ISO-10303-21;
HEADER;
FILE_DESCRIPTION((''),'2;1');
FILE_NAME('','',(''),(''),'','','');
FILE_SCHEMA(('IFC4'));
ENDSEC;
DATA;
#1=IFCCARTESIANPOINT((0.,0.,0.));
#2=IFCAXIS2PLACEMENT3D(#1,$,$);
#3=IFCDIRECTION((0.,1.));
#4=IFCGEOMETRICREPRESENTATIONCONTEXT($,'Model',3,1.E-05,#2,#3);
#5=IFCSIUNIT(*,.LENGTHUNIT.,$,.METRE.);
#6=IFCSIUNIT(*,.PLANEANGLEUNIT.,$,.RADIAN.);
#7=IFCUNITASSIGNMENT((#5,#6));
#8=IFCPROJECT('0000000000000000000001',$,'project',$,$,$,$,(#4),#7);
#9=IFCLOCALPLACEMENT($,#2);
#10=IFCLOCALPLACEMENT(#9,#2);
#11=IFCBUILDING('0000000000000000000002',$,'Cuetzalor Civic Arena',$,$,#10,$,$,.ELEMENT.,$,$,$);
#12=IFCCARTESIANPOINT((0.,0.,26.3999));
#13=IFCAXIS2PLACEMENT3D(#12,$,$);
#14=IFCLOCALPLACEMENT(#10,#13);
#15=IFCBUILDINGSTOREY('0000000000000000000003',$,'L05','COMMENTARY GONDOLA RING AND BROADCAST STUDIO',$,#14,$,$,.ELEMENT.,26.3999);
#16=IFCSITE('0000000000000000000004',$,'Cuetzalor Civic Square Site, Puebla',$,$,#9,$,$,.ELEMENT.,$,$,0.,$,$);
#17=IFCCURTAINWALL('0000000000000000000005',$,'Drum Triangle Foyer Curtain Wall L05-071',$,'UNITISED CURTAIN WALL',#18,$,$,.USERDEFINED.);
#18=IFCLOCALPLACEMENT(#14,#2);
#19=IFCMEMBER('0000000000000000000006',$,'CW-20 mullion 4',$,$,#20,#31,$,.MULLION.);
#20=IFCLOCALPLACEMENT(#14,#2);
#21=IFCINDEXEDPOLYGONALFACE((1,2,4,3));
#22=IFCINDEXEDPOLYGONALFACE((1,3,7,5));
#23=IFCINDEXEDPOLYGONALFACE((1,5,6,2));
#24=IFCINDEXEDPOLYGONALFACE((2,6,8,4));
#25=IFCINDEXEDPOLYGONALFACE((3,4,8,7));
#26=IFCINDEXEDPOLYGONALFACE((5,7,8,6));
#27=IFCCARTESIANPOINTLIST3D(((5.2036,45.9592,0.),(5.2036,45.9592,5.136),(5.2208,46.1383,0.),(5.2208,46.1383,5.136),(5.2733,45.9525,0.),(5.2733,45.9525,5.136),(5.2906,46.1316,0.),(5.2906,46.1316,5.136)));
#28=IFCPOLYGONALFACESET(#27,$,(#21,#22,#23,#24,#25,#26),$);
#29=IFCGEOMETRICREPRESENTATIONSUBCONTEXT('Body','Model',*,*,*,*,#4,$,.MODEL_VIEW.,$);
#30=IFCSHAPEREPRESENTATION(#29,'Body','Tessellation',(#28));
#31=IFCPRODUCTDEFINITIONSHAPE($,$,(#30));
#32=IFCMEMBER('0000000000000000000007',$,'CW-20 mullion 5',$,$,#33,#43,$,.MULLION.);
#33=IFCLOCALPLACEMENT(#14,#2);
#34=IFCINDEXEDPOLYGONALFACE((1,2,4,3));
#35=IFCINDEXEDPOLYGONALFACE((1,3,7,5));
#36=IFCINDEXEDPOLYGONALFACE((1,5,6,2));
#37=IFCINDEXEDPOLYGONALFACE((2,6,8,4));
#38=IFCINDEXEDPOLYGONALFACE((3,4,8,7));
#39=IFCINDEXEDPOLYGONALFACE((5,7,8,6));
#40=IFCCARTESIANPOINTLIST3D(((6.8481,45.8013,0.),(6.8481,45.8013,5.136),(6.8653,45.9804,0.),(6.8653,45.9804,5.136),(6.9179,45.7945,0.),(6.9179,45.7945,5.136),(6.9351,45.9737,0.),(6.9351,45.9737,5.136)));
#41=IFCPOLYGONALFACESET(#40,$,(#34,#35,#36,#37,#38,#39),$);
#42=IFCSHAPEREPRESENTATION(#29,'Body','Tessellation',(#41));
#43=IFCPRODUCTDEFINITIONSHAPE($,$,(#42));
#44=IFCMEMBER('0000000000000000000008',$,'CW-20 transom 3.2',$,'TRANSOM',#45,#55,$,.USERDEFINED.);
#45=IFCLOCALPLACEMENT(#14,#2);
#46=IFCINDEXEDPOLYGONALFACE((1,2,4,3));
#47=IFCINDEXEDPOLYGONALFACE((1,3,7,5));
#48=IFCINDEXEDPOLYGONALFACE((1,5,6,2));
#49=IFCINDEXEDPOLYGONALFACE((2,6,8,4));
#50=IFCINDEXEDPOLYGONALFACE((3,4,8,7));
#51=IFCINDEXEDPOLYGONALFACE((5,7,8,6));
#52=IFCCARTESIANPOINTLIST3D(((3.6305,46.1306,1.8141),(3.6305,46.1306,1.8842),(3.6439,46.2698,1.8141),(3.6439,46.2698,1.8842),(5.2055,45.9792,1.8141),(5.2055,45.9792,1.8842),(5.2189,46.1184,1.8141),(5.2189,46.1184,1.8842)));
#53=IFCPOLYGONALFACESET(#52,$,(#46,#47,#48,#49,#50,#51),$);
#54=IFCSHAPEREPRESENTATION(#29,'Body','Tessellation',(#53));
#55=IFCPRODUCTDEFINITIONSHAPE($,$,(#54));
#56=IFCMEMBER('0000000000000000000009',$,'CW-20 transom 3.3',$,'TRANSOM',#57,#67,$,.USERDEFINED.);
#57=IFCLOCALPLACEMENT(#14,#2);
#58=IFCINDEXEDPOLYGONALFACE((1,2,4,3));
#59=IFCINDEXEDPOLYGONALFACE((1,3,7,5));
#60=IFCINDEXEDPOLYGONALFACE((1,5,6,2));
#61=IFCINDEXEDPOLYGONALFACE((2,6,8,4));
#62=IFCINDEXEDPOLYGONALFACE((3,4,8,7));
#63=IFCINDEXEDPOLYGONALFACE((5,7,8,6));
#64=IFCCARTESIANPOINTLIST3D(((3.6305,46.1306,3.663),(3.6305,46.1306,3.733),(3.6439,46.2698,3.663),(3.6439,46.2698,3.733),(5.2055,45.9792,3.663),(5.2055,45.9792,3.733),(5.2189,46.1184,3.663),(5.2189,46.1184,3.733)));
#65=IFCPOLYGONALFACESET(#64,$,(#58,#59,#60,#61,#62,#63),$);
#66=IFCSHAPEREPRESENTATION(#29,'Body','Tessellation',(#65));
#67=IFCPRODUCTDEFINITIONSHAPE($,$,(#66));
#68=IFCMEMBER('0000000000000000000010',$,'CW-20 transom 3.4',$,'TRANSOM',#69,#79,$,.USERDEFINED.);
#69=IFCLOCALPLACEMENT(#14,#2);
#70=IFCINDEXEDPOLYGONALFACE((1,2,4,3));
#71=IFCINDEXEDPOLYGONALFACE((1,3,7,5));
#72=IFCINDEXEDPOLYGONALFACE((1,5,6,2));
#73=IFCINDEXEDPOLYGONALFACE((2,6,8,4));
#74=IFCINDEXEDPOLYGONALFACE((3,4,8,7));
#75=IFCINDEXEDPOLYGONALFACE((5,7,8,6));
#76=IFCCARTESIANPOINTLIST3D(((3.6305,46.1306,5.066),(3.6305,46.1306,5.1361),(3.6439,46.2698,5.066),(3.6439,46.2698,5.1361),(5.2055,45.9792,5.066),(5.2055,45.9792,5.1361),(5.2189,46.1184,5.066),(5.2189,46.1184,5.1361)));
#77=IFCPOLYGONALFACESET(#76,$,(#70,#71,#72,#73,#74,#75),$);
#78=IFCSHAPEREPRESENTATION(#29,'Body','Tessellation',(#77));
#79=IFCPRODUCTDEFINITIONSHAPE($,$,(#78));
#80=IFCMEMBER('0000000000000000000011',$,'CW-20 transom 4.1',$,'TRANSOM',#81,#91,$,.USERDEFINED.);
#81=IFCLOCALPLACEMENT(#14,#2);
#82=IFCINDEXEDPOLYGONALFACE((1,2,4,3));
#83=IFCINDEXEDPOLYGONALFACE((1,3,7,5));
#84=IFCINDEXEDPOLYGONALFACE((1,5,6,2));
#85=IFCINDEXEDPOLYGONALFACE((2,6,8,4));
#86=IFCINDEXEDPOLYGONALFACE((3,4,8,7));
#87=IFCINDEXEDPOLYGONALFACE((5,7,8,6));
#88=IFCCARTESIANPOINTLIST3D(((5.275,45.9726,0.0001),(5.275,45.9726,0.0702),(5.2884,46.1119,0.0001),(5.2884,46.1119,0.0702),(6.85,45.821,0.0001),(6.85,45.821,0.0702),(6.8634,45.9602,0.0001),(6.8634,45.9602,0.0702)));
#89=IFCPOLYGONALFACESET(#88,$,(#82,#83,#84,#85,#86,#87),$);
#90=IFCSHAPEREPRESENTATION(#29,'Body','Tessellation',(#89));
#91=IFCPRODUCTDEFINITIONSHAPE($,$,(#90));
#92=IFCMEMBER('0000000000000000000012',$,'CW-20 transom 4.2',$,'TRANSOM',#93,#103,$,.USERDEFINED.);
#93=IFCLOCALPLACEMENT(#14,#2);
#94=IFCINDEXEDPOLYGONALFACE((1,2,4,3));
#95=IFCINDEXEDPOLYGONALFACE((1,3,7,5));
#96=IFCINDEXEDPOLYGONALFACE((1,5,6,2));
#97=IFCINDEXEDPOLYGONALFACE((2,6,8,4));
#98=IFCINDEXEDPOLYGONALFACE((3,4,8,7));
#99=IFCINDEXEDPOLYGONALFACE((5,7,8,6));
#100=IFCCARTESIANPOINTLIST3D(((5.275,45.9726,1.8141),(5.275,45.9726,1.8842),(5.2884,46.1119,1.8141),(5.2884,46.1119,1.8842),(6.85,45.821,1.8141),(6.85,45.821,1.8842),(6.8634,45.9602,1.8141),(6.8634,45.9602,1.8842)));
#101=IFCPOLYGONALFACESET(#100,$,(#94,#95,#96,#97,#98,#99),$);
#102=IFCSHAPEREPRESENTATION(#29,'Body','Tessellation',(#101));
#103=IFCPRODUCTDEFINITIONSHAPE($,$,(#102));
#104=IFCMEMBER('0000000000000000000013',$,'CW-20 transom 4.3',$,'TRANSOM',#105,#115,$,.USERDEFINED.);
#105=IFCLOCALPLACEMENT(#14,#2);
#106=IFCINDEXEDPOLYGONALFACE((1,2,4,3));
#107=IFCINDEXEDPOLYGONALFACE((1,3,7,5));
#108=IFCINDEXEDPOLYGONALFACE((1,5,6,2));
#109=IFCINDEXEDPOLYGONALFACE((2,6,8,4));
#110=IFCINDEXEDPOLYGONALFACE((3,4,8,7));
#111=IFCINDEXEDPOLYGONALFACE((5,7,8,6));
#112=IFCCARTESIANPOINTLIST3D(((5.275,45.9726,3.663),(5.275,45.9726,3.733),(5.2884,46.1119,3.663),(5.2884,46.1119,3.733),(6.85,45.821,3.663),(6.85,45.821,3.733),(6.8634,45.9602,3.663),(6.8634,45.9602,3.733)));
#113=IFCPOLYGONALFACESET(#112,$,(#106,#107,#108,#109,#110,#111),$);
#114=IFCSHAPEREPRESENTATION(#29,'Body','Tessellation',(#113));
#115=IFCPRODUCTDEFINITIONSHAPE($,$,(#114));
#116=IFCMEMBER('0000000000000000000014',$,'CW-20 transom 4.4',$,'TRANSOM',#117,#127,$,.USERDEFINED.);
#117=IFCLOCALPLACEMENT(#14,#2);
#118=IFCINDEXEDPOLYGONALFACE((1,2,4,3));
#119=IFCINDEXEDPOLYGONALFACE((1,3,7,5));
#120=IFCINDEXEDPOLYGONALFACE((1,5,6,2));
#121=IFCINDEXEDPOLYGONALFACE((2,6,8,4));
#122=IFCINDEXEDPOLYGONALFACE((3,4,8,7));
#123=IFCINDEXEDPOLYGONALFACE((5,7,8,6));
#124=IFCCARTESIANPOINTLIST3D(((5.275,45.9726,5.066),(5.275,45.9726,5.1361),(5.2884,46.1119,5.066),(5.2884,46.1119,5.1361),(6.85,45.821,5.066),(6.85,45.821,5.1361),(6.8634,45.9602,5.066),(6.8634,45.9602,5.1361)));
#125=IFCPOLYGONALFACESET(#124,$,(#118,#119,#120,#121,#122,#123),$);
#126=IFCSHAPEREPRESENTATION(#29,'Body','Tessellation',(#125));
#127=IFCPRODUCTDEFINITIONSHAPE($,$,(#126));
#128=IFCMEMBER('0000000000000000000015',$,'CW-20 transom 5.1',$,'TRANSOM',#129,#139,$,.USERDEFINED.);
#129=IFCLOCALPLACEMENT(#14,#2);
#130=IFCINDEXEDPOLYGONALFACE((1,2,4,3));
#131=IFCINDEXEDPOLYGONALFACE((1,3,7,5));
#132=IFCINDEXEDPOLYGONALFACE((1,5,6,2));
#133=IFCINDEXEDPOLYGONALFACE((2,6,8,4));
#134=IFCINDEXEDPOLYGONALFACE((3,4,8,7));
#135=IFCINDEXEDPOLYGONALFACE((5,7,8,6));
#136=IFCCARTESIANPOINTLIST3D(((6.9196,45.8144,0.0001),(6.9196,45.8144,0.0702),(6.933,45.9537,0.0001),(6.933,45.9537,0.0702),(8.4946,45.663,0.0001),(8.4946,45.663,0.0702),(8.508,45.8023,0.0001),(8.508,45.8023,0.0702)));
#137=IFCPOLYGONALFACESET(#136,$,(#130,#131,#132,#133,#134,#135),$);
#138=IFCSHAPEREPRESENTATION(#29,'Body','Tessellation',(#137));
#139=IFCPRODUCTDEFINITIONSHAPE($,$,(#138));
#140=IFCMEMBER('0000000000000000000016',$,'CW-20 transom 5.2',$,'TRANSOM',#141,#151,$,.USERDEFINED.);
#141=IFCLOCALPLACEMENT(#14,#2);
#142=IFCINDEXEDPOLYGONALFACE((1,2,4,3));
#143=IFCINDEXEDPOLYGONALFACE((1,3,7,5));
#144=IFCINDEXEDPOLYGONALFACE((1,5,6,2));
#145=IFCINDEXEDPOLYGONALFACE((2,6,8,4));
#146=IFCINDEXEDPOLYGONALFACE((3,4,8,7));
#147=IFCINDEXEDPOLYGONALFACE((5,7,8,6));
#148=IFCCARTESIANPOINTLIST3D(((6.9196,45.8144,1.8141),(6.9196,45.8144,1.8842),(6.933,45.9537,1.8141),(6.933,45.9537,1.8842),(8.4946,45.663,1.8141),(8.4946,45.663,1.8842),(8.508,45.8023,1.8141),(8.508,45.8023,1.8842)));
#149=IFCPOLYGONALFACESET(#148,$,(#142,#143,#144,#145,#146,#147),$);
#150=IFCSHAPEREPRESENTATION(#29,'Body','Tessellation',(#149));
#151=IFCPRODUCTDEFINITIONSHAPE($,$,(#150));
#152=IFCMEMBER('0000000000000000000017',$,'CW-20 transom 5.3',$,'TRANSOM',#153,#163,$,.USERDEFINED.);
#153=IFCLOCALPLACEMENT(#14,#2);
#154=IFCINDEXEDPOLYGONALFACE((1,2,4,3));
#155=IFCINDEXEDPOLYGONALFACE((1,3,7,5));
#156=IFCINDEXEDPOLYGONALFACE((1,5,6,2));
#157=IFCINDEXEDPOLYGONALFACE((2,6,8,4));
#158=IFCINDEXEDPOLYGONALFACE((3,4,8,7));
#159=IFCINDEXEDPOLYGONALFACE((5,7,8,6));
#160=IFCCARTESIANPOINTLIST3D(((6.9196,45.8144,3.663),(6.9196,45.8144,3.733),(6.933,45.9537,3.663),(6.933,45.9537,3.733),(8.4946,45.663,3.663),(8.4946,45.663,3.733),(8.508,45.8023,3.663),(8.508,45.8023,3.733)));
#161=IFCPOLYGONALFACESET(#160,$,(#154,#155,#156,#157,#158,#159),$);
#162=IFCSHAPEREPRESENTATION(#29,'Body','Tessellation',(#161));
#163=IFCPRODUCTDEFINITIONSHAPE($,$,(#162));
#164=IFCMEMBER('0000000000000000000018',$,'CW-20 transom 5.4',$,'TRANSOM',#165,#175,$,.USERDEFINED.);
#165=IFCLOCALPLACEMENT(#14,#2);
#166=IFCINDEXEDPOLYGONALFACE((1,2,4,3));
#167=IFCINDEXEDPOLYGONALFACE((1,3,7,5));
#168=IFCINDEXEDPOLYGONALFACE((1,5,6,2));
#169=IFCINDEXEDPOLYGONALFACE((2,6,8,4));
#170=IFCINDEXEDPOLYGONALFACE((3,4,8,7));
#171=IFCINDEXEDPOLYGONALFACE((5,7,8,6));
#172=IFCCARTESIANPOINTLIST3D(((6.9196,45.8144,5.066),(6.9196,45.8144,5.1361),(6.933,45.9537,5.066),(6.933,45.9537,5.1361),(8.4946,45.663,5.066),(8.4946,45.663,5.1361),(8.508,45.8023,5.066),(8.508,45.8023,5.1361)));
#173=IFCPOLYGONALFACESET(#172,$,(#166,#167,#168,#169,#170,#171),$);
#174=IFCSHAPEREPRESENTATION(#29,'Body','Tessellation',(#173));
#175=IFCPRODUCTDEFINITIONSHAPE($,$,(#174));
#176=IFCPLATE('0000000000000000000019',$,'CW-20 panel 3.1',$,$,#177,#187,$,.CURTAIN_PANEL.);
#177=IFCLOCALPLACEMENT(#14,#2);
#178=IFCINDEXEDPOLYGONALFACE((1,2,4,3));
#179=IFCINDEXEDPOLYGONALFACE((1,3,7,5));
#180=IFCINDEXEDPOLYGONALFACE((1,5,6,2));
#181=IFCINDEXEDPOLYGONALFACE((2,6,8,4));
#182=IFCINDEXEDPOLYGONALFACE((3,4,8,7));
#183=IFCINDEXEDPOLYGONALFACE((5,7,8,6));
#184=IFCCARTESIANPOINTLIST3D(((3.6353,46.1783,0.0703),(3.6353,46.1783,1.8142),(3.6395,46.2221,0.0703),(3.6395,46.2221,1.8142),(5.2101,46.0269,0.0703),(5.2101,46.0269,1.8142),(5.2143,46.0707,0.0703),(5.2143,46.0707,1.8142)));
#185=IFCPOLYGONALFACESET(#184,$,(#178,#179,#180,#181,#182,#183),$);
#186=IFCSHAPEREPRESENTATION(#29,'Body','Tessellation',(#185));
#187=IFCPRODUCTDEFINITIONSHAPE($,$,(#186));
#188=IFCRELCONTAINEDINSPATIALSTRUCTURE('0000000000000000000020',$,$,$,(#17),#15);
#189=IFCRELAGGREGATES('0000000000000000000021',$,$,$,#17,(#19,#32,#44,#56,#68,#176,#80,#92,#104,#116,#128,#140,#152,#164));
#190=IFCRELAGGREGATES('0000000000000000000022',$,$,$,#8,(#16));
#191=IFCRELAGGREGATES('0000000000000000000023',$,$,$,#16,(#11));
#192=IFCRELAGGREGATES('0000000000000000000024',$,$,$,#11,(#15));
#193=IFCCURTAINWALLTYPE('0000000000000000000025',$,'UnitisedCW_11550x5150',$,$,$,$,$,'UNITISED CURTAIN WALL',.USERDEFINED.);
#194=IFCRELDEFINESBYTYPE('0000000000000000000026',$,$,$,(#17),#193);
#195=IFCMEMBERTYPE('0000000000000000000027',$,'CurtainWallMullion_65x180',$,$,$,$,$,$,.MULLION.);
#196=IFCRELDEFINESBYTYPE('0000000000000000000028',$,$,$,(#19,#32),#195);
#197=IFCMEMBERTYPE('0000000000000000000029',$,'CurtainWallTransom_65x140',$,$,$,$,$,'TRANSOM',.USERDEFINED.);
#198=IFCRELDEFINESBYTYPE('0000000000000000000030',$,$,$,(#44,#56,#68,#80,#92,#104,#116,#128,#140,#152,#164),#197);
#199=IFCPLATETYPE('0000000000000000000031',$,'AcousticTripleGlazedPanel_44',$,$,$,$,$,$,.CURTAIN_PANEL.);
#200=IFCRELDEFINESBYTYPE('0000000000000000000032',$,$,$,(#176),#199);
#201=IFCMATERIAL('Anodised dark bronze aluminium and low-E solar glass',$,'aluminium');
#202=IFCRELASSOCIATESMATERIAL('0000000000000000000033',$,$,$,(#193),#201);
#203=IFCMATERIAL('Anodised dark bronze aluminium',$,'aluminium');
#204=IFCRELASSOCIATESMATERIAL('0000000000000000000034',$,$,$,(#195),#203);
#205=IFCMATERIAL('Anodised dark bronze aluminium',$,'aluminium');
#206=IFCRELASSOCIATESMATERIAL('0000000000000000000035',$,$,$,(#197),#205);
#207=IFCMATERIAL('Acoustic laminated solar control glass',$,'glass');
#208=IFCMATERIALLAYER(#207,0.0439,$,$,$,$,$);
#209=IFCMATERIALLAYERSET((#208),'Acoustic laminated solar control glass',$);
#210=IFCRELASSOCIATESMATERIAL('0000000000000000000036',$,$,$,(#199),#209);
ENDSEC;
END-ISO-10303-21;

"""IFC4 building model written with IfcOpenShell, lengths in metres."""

from ifc_helpers import new_model, si_unit, direction, frame, origin, origin_2d, place, context, subcontext, project, spatial, rectangle, extrude, material, layer, layer_set, material_profile, profile_set, type_object, element, aggregate, save


model = new_model("IFC4")

# Units and contexts
model_context = context("Model", 3, precision=1e-05, world=origin(), true_north=direction((0.0, 1.0)))
body_context = subcontext(model_context, "Body", "Model", "MODEL_VIEW")
ifc_project = project(units=[si_unit("LENGTHUNIT", "METRE"), si_unit("PLANEANGLEUNIT", "RADIAN")], contexts=[model_context])

# Site, building, storey
site_placement = place(None, origin())
site = spatial("IfcSite", under=ifc_project, at=site_placement, Name="Cuetzalor Civic Square Site, Puebla", CompositionType="ELEMENT", RefElevation=0.0)
building_placement = place(site_placement, origin())
building = spatial("IfcBuilding", under=site, at=building_placement, Name="Cuetzalor Civic Arena", CompositionType="ELEMENT")
storey_placement = place(building_placement, frame((0.0, 0.0, 26.3999)))
storey = spatial("IfcBuildingStorey", under=building, at=storey_placement, Name="L05", Description="COMMENTARY GONDOLA RING AND BROADCAST STUDIO", CompositionType="ELEMENT", Elevation=26.3999)

# Curtain wall, members, plate
ifc_material_1 = material(Name="Anodised dark bronze aluminium and low-E solar glass", Category="aluminium")
curtain_wall_type = type_object("IfcCurtainWallType", Name="UnitisedCW_11550x5150", ElementType="UNITISED CURTAIN WALL", PredefinedType="USERDEFINED", material=ifc_material_1)
curtain_wall_placement = place(storey_placement, origin())
curtain_wall = element("IfcCurtainWall", 1, at=curtain_wall_placement, inside=storey, type_object=curtain_wall_type, Name="Drum Triangle Foyer Curtain Wall L05-071", ObjectType="UNITISED CURTAIN WALL", PredefinedType="USERDEFINED")
ifc_material_2 = material(Name="Anodised dark bronze aluminium", Category="aluminium")
ifc_material_profile_1 = material_profile(ifc_material_2, rectangle(XDim=0.0701, YDim=0.1799, at=origin_2d()), Name="ALU MULLION 70x180")
ifc_profile_set_1 = profile_set([ifc_material_profile_1], Name="Anodised dark bronze aluminium")
member_type_1 = type_object("IfcMemberType", Name="CurtainWallMullion_65x180", PredefinedType="MULLION", material=ifc_profile_set_1)
member_1_placement = place(storey_placement, frame((5.2471, 46.0454, 0.0), z_axis=(0.0, 0.0, 1.0), x_axis=(0.995409, -0.095711, 0.0)))
member_1 = element("IfcMember", 2, at=member_1_placement, type_object=member_type_1, Name="CW-20 mullion 4", PredefinedType="MULLION", context=body_context, shape_type="SweptSolid", body=[
    extrude(rectangle(XDim=0.0701, YDim=0.1799, at=origin_2d()), origin(), (0.0, 0.0, 1.0), 5.136),
])
member_2_placement = place(storey_placement, frame((6.8916, 45.8875, 0.0), z_axis=(0.0, 0.0, 1.0), x_axis=(0.995409, -0.095711, 0.0)))
member_2 = element("IfcMember", 3, at=member_2_placement, type_object=member_type_1, Name="CW-20 mullion 5", PredefinedType="MULLION", context=body_context, shape_type="SweptSolid", body=[
    extrude(rectangle(XDim=0.0701, YDim=0.1799, at=origin_2d()), origin(), (0.0, 0.0, 1.0), 5.136),
])
ifc_material_3 = material(Name="Anodised dark bronze aluminium", Category="aluminium")
ifc_material_profile_2 = material_profile(ifc_material_3, rectangle(XDim=0.1399, YDim=0.0701, at=origin_2d()), Name="ALU TRANSOM 70x140")
ifc_profile_set_2 = profile_set([ifc_material_profile_2], Name="Anodised dark bronze aluminium")
member_type_2 = type_object("IfcMemberType", Name="CurtainWallTransom_65x140", ElementType="TRANSOM", PredefinedType="USERDEFINED", material=ifc_profile_set_2)
member_3_placement = place(storey_placement, frame((3.6372, 46.2002, 1.8491), z_axis=(0.995413, -0.095668, 0.0), x_axis=(0.095668, 0.995413, 0.0)))
member_3 = element("IfcMember", 4, at=member_3_placement, type_object=member_type_2, Name="CW-20 transom 3.2", ObjectType="TRANSOM", PredefinedType="USERDEFINED", context=body_context, shape_type="SweptSolid", body=[
    extrude(rectangle(XDim=0.1399, YDim=0.0701, at=origin_2d()), origin(), (0.0, 0.0, 1.0), 1.5823),
])
member_4_placement = place(storey_placement, frame((3.6372, 46.2002, 3.698), z_axis=(0.995413, -0.095668, 0.0), x_axis=(0.095668, 0.995413, 0.0)))
member_4 = element("IfcMember", 5, at=member_4_placement, type_object=member_type_2, Name="CW-20 transom 3.3", ObjectType="TRANSOM", PredefinedType="USERDEFINED", context=body_context, shape_type="SweptSolid", body=[
    extrude(rectangle(XDim=0.1399, YDim=0.0701, at=origin_2d()), origin(), (0.0, 0.0, 1.0), 1.5823),
])
member_5_placement = place(storey_placement, frame((3.6372, 46.2002, 5.1011), z_axis=(0.995413, -0.095668, 0.0), x_axis=(0.095668, 0.995413, 0.0)))
member_5 = element("IfcMember", 6, at=member_5_placement, type_object=member_type_2, Name="CW-20 transom 3.4", ObjectType="TRANSOM", PredefinedType="USERDEFINED", context=body_context, shape_type="SweptSolid", body=[
    extrude(rectangle(XDim=0.1399, YDim=0.0701, at=origin_2d()), origin(), (0.0, 0.0, 1.0), 1.5823),
])
member_6_placement = place(storey_placement, frame((5.2817, 46.0422, 0.0352), z_axis=(0.995399, -0.095821, 0.0), x_axis=(0.095821, 0.995399, 0.0)))
member_6 = element("IfcMember", 7, at=member_6_placement, type_object=member_type_2, Name="CW-20 transom 4.1", ObjectType="TRANSOM", PredefinedType="USERDEFINED", context=body_context, shape_type="SweptSolid", body=[
    extrude(rectangle(XDim=0.1399, YDim=0.0701, at=origin_2d()), origin(), (0.0, 0.0, 1.0), 1.5823),
])
member_7_placement = place(storey_placement, frame((5.2817, 46.0422, 1.8491), z_axis=(0.995399, -0.095821, 0.0), x_axis=(0.095821, 0.995399, 0.0)))
member_7 = element("IfcMember", 8, at=member_7_placement, type_object=member_type_2, Name="CW-20 transom 4.2", ObjectType="TRANSOM", PredefinedType="USERDEFINED", context=body_context, shape_type="SweptSolid", body=[
    extrude(rectangle(XDim=0.1399, YDim=0.0701, at=origin_2d()), origin(), (0.0, 0.0, 1.0), 1.5823),
])
member_8_placement = place(storey_placement, frame((5.2817, 46.0422, 3.698), z_axis=(0.995399, -0.095821, 0.0), x_axis=(0.095821, 0.995399, 0.0)))
member_8 = element("IfcMember", 9, at=member_8_placement, type_object=member_type_2, Name="CW-20 transom 4.3", ObjectType="TRANSOM", PredefinedType="USERDEFINED", context=body_context, shape_type="SweptSolid", body=[
    extrude(rectangle(XDim=0.1399, YDim=0.0701, at=origin_2d()), origin(), (0.0, 0.0, 1.0), 1.5823),
])
member_9_placement = place(storey_placement, frame((5.2817, 46.0422, 5.1011), z_axis=(0.995399, -0.095821, 0.0), x_axis=(0.095821, 0.995399, 0.0)))
member_9 = element("IfcMember", 10, at=member_9_placement, type_object=member_type_2, Name="CW-20 transom 4.4", ObjectType="TRANSOM", PredefinedType="USERDEFINED", context=body_context, shape_type="SweptSolid", body=[
    extrude(rectangle(XDim=0.1399, YDim=0.0701, at=origin_2d()), origin(), (0.0, 0.0, 1.0), 1.5823),
])
member_10_placement = place(storey_placement, frame((6.9263, 45.884, 0.0352), z_axis=(0.995413, -0.095668, 0.0), x_axis=(0.095668, 0.995413, 0.0)))
member_10 = element("IfcMember", 11, at=member_10_placement, type_object=member_type_2, Name="CW-20 transom 5.1", ObjectType="TRANSOM", PredefinedType="USERDEFINED", context=body_context, shape_type="SweptSolid", body=[
    extrude(rectangle(XDim=0.1399, YDim=0.0701, at=origin_2d()), origin(), (0.0, 0.0, 1.0), 1.5823),
])
member_11_placement = place(storey_placement, frame((6.9263, 45.884, 1.8491), z_axis=(0.995413, -0.095668, 0.0), x_axis=(0.095668, 0.995413, 0.0)))
member_11 = element("IfcMember", 12, at=member_11_placement, type_object=member_type_2, Name="CW-20 transom 5.2", ObjectType="TRANSOM", PredefinedType="USERDEFINED", context=body_context, shape_type="SweptSolid", body=[
    extrude(rectangle(XDim=0.1399, YDim=0.0701, at=origin_2d()), origin(), (0.0, 0.0, 1.0), 1.5823),
])
member_12_placement = place(storey_placement, frame((6.9263, 45.884, 3.698), z_axis=(0.995413, -0.095668, 0.0), x_axis=(0.095668, 0.995413, 0.0)))
member_12 = element("IfcMember", 13, at=member_12_placement, type_object=member_type_2, Name="CW-20 transom 5.3", ObjectType="TRANSOM", PredefinedType="USERDEFINED", context=body_context, shape_type="SweptSolid", body=[
    extrude(rectangle(XDim=0.1399, YDim=0.0701, at=origin_2d()), origin(), (0.0, 0.0, 1.0), 1.5823),
])
member_13_placement = place(storey_placement, frame((6.9263, 45.884, 5.1011), z_axis=(0.995413, -0.095668, 0.0), x_axis=(0.095668, 0.995413, 0.0)))
member_13 = element("IfcMember", 14, at=member_13_placement, type_object=member_type_2, Name="CW-20 transom 5.4", ObjectType="TRANSOM", PredefinedType="USERDEFINED", context=body_context, shape_type="SweptSolid", body=[
    extrude(rectangle(XDim=0.1399, YDim=0.0701, at=origin_2d()), origin(), (0.0, 0.0, 1.0), 1.5823),
])
ifc_material_4 = material(Name="Acoustic laminated solar control glass", Category="glass")
ifc_layer = layer(ifc_material_4, 0.0439)
ifc_layer_set = layer_set([ifc_layer], Name="Acoustic laminated solar control glass")
plate_type = type_object("IfcPlateType", Name="AcousticTripleGlazedPanel_44", PredefinedType="CURTAIN_PANEL", material=ifc_layer_set)
plate_1_placement = place(storey_placement, frame((4.4248, 46.1245, 0.0703), z_axis=(0.0, 0.0, 1.0), x_axis=(0.995409, -0.095711, 0.0)))
plate_1 = element("IfcPlate", 15, at=plate_1_placement, type_object=plate_type, Name="CW-20 panel 3.1", PredefinedType="CURTAIN_PANEL", context=body_context, shape_type="SweptSolid", body=[
    extrude(rectangle(XDim=1.582, YDim=0.0439, at=origin_2d()), origin(), (0.0, 0.0, 1.0), 1.7439),
])
aggregate(curtain_wall, [member_1, member_2, member_3, member_4, member_5, plate_1, member_6, member_7, member_8, member_9, member_10, member_11, member_12, member_13])

save(model, "model.ifc")
